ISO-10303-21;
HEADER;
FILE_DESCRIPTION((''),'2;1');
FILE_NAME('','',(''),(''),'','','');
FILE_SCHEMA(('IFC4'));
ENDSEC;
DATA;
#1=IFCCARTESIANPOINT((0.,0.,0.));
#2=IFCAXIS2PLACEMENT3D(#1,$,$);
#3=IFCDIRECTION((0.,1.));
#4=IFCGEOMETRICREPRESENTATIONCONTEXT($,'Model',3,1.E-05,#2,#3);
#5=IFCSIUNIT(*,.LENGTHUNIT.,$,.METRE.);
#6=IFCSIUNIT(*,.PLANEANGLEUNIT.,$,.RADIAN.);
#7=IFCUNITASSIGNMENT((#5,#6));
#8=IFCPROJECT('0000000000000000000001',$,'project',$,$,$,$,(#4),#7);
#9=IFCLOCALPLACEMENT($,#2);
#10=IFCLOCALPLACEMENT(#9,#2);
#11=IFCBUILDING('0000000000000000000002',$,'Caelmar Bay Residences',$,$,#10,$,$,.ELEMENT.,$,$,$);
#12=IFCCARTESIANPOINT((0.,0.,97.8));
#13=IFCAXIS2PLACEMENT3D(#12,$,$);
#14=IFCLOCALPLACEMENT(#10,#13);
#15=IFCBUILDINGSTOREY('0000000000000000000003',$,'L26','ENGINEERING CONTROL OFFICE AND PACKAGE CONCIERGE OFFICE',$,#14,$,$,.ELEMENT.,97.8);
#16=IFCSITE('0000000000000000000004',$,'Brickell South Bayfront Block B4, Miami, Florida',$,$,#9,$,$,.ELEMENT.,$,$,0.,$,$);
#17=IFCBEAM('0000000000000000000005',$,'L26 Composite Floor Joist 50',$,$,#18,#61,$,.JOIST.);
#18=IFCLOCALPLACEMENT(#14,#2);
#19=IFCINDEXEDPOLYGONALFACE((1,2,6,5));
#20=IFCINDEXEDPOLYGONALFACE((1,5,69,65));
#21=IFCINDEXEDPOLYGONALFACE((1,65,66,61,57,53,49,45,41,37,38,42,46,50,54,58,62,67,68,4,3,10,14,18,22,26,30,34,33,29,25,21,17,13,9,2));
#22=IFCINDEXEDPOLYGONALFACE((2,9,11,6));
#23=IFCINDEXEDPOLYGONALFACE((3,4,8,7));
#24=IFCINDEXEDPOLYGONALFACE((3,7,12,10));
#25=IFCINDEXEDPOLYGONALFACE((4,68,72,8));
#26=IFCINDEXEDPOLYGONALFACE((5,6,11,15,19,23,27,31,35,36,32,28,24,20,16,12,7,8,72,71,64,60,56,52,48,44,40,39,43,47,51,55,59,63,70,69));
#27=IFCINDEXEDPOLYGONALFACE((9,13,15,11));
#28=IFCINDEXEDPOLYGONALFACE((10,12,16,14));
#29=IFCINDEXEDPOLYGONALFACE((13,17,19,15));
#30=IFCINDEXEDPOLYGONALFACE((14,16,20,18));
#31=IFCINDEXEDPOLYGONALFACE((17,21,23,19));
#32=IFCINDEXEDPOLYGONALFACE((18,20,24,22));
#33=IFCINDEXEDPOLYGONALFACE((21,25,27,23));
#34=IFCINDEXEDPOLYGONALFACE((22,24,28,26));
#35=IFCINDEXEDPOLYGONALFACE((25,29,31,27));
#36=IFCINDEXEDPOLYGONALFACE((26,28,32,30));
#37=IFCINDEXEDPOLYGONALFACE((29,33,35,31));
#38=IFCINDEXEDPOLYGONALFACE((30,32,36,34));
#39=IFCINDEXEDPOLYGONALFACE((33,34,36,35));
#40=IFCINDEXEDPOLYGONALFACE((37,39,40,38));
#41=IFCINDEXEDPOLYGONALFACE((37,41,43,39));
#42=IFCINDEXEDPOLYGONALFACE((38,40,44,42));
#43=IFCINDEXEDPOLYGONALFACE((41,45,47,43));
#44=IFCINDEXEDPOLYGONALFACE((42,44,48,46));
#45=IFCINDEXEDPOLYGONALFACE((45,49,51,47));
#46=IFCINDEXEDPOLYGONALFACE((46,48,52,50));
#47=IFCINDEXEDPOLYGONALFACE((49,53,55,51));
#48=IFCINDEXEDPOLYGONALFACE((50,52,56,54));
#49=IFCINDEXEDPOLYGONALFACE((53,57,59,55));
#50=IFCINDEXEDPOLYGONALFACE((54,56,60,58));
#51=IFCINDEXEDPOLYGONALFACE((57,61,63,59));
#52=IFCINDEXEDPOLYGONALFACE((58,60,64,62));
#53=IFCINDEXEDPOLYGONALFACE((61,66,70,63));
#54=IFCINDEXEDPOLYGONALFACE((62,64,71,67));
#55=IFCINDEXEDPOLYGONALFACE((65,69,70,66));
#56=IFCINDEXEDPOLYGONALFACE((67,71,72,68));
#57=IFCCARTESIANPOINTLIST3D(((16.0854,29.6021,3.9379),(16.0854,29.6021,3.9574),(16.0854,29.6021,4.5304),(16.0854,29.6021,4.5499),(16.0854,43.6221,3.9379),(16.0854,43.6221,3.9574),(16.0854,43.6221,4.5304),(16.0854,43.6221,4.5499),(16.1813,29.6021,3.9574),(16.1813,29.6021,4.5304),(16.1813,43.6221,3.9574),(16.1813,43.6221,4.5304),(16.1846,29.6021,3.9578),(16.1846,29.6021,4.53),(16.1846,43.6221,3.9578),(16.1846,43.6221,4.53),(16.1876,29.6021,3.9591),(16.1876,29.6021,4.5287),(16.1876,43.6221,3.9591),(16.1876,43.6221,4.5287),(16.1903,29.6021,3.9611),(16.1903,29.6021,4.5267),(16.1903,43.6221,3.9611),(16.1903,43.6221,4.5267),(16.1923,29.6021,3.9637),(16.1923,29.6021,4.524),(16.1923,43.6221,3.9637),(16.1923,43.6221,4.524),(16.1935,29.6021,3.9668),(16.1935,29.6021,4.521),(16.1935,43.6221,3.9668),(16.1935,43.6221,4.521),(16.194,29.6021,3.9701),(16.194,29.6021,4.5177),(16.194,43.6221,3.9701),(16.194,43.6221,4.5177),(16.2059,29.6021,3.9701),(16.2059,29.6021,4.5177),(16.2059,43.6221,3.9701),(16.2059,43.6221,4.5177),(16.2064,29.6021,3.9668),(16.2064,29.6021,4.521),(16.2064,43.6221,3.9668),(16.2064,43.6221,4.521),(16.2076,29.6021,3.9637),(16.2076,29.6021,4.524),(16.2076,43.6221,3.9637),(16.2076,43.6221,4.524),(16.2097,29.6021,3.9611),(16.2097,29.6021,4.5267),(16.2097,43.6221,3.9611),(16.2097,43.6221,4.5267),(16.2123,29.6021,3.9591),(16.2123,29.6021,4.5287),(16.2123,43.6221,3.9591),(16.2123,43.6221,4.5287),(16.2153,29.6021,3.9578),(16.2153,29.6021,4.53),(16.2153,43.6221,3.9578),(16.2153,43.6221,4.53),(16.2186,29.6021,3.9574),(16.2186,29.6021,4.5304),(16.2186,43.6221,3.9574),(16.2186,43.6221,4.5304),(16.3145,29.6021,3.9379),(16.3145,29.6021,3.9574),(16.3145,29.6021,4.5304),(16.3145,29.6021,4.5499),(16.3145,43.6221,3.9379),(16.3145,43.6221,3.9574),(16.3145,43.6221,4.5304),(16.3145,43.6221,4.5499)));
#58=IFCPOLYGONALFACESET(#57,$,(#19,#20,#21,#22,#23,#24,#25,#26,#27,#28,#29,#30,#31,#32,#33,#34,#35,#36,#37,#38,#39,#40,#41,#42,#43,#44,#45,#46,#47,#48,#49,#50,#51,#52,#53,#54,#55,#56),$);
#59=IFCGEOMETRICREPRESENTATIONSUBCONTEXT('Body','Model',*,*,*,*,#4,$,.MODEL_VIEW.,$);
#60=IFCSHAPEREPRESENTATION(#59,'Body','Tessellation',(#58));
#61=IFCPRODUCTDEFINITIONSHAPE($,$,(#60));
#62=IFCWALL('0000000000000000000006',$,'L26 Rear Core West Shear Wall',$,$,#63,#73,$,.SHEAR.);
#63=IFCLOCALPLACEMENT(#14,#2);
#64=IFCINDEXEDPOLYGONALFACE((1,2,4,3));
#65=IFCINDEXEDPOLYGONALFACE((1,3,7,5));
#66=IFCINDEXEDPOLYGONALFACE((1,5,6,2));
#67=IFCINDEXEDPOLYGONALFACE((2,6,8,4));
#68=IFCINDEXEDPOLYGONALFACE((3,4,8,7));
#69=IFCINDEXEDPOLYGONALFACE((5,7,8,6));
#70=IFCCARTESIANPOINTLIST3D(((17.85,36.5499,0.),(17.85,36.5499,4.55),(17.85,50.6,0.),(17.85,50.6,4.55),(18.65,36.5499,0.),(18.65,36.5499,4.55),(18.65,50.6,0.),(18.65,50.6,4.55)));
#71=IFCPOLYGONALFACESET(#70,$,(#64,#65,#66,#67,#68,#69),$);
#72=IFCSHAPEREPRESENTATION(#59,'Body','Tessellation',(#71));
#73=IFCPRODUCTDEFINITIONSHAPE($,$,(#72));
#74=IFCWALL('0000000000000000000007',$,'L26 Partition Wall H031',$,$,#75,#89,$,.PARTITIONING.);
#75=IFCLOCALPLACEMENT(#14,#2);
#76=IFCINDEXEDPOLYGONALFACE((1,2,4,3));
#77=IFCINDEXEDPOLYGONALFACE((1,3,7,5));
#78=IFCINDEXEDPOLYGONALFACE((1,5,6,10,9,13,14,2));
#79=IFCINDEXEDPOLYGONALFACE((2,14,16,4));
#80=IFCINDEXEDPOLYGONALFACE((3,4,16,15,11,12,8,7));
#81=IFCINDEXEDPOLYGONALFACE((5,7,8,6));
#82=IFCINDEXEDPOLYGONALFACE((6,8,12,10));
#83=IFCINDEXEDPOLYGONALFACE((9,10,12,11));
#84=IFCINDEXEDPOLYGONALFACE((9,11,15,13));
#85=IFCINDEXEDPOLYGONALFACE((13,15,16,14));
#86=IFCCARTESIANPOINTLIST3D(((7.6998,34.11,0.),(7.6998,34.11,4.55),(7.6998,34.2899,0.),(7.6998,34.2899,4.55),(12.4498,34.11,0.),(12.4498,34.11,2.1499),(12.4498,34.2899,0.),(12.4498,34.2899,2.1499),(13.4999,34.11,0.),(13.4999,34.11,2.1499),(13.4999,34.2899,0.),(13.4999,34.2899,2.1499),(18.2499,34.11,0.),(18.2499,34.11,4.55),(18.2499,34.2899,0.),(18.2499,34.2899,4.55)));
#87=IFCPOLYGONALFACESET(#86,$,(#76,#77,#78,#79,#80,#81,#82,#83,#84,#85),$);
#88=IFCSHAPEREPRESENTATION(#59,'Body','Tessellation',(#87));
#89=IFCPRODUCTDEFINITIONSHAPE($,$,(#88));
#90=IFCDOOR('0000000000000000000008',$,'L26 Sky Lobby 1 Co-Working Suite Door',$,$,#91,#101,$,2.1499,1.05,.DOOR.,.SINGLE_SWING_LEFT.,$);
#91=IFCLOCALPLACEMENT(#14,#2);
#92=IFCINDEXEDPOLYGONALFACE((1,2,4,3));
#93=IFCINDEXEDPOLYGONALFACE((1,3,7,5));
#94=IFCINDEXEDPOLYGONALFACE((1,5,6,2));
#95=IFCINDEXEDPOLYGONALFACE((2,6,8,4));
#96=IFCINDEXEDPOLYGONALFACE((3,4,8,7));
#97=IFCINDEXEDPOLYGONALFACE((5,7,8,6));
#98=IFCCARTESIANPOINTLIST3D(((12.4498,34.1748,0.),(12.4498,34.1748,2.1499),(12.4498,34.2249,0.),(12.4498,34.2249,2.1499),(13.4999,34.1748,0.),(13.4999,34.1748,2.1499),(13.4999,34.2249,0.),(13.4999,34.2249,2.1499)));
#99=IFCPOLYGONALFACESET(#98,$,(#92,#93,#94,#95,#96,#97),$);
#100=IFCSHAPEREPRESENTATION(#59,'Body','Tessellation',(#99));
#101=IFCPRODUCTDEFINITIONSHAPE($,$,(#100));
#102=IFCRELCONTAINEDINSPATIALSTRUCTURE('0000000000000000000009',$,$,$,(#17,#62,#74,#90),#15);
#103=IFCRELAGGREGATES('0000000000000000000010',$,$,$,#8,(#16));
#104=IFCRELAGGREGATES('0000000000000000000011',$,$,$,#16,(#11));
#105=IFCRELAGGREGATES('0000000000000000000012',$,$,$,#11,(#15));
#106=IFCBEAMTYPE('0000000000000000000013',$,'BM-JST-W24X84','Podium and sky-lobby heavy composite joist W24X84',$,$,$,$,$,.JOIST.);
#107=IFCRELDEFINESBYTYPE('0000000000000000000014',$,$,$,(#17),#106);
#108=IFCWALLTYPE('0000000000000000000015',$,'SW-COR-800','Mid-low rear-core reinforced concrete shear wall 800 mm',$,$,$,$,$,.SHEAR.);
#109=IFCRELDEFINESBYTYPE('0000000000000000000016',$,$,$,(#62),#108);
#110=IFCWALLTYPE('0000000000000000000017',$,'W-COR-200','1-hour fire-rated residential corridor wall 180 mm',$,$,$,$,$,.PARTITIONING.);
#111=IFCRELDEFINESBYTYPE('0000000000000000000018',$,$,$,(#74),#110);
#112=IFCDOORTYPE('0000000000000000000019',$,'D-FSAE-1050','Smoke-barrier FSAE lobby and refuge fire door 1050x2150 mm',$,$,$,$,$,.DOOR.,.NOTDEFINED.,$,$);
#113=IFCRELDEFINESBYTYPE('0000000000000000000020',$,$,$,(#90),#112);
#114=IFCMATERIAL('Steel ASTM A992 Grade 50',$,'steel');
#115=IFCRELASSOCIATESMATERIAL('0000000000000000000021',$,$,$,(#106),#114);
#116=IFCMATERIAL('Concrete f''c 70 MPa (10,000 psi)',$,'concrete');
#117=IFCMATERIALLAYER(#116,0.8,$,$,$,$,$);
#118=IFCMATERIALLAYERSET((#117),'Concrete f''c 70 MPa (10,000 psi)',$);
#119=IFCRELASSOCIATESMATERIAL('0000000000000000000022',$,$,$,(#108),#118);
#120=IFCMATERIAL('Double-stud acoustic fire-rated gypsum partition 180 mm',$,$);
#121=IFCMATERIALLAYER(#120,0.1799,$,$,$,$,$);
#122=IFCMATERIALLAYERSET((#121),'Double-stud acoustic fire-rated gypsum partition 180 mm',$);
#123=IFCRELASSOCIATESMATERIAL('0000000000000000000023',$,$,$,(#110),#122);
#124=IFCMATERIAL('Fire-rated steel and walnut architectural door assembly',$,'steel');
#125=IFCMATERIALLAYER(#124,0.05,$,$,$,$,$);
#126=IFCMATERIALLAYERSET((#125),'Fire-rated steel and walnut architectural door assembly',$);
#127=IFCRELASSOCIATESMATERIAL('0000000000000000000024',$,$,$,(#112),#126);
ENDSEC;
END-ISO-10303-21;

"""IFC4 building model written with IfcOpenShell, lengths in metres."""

from ifc_helpers import new_model, si_unit, direction, frame, frame_2d, origin, origin_2d, place, context, subcontext, project, spatial, rectangle, i_section, extrude, material, layer, layer_set, material_profile, profile_set, type_object, element, fill, save


model = new_model("IFC4")

# Units and contexts
model_context = context("Model", 3, precision=1e-05, world=origin(), true_north=direction((0.0, 1.0)))
body_context = subcontext(model_context, "Body", "Model", "MODEL_VIEW")
ifc_project = project(units=[si_unit("LENGTHUNIT", "METRE"), si_unit("PLANEANGLEUNIT", "RADIAN")], contexts=[model_context])

# Site, building, storey
site_placement = place(None, origin())
site = spatial("IfcSite", under=ifc_project, at=site_placement, Name="Brickell South Bayfront Block B4, Miami, Florida", CompositionType="ELEMENT", RefElevation=0.0)
building_placement = place(site_placement, origin())
building = spatial("IfcBuilding", under=site, at=building_placement, Name="Caelmar Bay Residences", CompositionType="ELEMENT")
storey_placement = place(building_placement, frame((0.0, 0.0, 97.8)))
storey = spatial("IfcBuildingStorey", under=building, at=storey_placement, Name="L26", Description="ENGINEERING CONTROL OFFICE AND PACKAGE CONCIERGE OFFICE", CompositionType="ELEMENT", Elevation=97.8)

# Beam
ifc_material_1 = material(Name="Steel ASTM A992 Grade 50", Category="steel")
ifc_material_profile_1 = material_profile(ifc_material_1, i_section(OverallWidth=0.229, OverallDepth=0.6121, WebThickness=0.012, FlangeThickness=0.0195, FilletRadius=0.0127, at=origin_2d()), Name="W24X84")
ifc_profile_set_1 = profile_set([ifc_material_profile_1], Name="Steel ASTM A992 Grade 50")
beam_type_1 = type_object("IfcBeamType", Name="BM-JST-W24X84", Description="Podium and sky-lobby heavy composite joist W24X84", PredefinedType="JOIST", material=ifc_profile_set_1)
for number, where, z_axis, x_axis, name in (
    (1, (16.2, 29.6021, 4.2439), (0.0, 1.0, 0.0), (-1.0, 0.0, 0.0), "L26 Composite Floor Joist 50"),
):
    element("IfcBeam", number, at=place(storey_placement, frame(where, z_axis=z_axis, x_axis=x_axis)), inside=storey, type_object=beam_type_1, Name=name, PredefinedType="JOIST", context=body_context, shape_type="SweptSolid", body=[
        extrude(i_section(OverallWidth=0.229, OverallDepth=0.6121, WebThickness=0.012, FlangeThickness=0.0195, FilletRadius=0.0127, at=origin_2d()), origin(), (0.0, 0.0, 1.0), 14.02),
    ])

# Wall
ifc_material_2 = material(Name="Concrete f'c 70 MPa (10,000 psi)", Category="concrete")
ifc_layer_1 = layer(ifc_material_2, 0.8)
ifc_layer_set_1 = layer_set([ifc_layer_1], Name="Concrete f'c 70 MPa (10,000 psi)")
wall_type_1 = type_object("IfcWallType", Name="SW-COR-800", Description="Mid-low rear-core reinforced concrete shear wall 800 mm", PredefinedType="SHEAR", material=ifc_layer_set_1)
wall_1_placement = place(storey_placement, frame((18.25, 36.55, 0.0), z_axis=(0.0, 0.0, 1.0), x_axis=(0.0, 1.0, 0.0)))
element("IfcWall", 2, at=wall_1_placement, inside=storey, type_object=wall_type_1, Name="L26 Rear Core West Shear Wall", PredefinedType="SHEAR", context=body_context, shape_type="SweptSolid", body=[
    extrude(rectangle(XDim=14.05, YDim=0.8, at=frame_2d((7.0249, 0.0))), origin(), (0.0, 0.0, 1.0), 4.55),
])

# Wall, opening, door
ifc_material_3 = material(Name="Double-stud acoustic fire-rated gypsum partition 180 mm")
ifc_layer_2 = layer(ifc_material_3, 0.1799)
ifc_layer_set_2 = layer_set([ifc_layer_2], Name="Double-stud acoustic fire-rated gypsum partition 180 mm")
wall_type_2 = type_object("IfcWallType", Name="W-COR-200", Description="1-hour fire-rated residential corridor wall 180 mm", PredefinedType="PARTITIONING", material=ifc_layer_set_2)
wall_2_placement = place(storey_placement, frame((7.7, 34.2, 0.0), z_axis=(0.0, 0.0, 1.0), x_axis=(1.0, 0.0, 0.0)))
wall_2 = element("IfcWall", 3, at=wall_2_placement, inside=storey, type_object=wall_type_2, Name="L26 Partition Wall H031", PredefinedType="PARTITIONING", context=body_context, shape_type="SweptSolid", body=[
    extrude(rectangle(XDim=10.55, YDim=0.1799, at=frame_2d((5.2749, 0.0))), origin(), (0.0, 0.0, 1.0), 4.55),
])
opening_1_placement = place(wall_2_placement, frame((4.75, 0.0, 0.0)))
opening_1 = element("IfcOpeningElement", 4, at=opening_1_placement, cuts=wall_2, PredefinedType="OPENING", context=body_context, shape_type="SweptSolid", body=[
    extrude(rectangle(XDim=1.05, YDim=2.1499, at=frame_2d((0.5249, 1.075))), frame((0.0, 0.0999, 0.0), z_axis=(0.0, -1.0, 0.0), x_axis=(1.0, 0.0, 0.0)), (0.0, 0.0, 1.0), 0.2),
])
ifc_material_4 = material(Name="Fire-rated steel and walnut architectural door assembly", Category="steel")
ifc_layer_3 = layer(ifc_material_4, 0.05)
ifc_layer_set_3 = layer_set([ifc_layer_3], Name="Fire-rated steel and walnut architectural door assembly")
door_type_1 = type_object("IfcDoorType", Name="D-FSAE-1050", Description="Smoke-barrier FSAE lobby and refuge fire door 1050x2150 mm", OperationType="NOTDEFINED", PredefinedType="DOOR", material=ifc_layer_set_3)
door_1_placement = place(opening_1_placement, origin())
door_1 = element("IfcDoor", 5, at=door_1_placement, inside=storey, type_object=door_type_1, Name="L26 Sky Lobby 1 Co-Working Suite Door", OperationType="SINGLE_SWING_LEFT", OverallHeight=2.1499, OverallWidth=1.05, PredefinedType="DOOR", context=body_context, shape_type="SweptSolid", body=[
    extrude(rectangle(XDim=1.05, YDim=2.1499, at=frame_2d((0.5249, 1.075))), frame((0.0, 0.0249, 0.0), z_axis=(0.0, -1.0, 0.0), x_axis=(1.0, 0.0, 0.0)), (0.0, 0.0, 1.0), 0.05),
])
fill(opening_1, door_1)

save(model, "model.ifc")
